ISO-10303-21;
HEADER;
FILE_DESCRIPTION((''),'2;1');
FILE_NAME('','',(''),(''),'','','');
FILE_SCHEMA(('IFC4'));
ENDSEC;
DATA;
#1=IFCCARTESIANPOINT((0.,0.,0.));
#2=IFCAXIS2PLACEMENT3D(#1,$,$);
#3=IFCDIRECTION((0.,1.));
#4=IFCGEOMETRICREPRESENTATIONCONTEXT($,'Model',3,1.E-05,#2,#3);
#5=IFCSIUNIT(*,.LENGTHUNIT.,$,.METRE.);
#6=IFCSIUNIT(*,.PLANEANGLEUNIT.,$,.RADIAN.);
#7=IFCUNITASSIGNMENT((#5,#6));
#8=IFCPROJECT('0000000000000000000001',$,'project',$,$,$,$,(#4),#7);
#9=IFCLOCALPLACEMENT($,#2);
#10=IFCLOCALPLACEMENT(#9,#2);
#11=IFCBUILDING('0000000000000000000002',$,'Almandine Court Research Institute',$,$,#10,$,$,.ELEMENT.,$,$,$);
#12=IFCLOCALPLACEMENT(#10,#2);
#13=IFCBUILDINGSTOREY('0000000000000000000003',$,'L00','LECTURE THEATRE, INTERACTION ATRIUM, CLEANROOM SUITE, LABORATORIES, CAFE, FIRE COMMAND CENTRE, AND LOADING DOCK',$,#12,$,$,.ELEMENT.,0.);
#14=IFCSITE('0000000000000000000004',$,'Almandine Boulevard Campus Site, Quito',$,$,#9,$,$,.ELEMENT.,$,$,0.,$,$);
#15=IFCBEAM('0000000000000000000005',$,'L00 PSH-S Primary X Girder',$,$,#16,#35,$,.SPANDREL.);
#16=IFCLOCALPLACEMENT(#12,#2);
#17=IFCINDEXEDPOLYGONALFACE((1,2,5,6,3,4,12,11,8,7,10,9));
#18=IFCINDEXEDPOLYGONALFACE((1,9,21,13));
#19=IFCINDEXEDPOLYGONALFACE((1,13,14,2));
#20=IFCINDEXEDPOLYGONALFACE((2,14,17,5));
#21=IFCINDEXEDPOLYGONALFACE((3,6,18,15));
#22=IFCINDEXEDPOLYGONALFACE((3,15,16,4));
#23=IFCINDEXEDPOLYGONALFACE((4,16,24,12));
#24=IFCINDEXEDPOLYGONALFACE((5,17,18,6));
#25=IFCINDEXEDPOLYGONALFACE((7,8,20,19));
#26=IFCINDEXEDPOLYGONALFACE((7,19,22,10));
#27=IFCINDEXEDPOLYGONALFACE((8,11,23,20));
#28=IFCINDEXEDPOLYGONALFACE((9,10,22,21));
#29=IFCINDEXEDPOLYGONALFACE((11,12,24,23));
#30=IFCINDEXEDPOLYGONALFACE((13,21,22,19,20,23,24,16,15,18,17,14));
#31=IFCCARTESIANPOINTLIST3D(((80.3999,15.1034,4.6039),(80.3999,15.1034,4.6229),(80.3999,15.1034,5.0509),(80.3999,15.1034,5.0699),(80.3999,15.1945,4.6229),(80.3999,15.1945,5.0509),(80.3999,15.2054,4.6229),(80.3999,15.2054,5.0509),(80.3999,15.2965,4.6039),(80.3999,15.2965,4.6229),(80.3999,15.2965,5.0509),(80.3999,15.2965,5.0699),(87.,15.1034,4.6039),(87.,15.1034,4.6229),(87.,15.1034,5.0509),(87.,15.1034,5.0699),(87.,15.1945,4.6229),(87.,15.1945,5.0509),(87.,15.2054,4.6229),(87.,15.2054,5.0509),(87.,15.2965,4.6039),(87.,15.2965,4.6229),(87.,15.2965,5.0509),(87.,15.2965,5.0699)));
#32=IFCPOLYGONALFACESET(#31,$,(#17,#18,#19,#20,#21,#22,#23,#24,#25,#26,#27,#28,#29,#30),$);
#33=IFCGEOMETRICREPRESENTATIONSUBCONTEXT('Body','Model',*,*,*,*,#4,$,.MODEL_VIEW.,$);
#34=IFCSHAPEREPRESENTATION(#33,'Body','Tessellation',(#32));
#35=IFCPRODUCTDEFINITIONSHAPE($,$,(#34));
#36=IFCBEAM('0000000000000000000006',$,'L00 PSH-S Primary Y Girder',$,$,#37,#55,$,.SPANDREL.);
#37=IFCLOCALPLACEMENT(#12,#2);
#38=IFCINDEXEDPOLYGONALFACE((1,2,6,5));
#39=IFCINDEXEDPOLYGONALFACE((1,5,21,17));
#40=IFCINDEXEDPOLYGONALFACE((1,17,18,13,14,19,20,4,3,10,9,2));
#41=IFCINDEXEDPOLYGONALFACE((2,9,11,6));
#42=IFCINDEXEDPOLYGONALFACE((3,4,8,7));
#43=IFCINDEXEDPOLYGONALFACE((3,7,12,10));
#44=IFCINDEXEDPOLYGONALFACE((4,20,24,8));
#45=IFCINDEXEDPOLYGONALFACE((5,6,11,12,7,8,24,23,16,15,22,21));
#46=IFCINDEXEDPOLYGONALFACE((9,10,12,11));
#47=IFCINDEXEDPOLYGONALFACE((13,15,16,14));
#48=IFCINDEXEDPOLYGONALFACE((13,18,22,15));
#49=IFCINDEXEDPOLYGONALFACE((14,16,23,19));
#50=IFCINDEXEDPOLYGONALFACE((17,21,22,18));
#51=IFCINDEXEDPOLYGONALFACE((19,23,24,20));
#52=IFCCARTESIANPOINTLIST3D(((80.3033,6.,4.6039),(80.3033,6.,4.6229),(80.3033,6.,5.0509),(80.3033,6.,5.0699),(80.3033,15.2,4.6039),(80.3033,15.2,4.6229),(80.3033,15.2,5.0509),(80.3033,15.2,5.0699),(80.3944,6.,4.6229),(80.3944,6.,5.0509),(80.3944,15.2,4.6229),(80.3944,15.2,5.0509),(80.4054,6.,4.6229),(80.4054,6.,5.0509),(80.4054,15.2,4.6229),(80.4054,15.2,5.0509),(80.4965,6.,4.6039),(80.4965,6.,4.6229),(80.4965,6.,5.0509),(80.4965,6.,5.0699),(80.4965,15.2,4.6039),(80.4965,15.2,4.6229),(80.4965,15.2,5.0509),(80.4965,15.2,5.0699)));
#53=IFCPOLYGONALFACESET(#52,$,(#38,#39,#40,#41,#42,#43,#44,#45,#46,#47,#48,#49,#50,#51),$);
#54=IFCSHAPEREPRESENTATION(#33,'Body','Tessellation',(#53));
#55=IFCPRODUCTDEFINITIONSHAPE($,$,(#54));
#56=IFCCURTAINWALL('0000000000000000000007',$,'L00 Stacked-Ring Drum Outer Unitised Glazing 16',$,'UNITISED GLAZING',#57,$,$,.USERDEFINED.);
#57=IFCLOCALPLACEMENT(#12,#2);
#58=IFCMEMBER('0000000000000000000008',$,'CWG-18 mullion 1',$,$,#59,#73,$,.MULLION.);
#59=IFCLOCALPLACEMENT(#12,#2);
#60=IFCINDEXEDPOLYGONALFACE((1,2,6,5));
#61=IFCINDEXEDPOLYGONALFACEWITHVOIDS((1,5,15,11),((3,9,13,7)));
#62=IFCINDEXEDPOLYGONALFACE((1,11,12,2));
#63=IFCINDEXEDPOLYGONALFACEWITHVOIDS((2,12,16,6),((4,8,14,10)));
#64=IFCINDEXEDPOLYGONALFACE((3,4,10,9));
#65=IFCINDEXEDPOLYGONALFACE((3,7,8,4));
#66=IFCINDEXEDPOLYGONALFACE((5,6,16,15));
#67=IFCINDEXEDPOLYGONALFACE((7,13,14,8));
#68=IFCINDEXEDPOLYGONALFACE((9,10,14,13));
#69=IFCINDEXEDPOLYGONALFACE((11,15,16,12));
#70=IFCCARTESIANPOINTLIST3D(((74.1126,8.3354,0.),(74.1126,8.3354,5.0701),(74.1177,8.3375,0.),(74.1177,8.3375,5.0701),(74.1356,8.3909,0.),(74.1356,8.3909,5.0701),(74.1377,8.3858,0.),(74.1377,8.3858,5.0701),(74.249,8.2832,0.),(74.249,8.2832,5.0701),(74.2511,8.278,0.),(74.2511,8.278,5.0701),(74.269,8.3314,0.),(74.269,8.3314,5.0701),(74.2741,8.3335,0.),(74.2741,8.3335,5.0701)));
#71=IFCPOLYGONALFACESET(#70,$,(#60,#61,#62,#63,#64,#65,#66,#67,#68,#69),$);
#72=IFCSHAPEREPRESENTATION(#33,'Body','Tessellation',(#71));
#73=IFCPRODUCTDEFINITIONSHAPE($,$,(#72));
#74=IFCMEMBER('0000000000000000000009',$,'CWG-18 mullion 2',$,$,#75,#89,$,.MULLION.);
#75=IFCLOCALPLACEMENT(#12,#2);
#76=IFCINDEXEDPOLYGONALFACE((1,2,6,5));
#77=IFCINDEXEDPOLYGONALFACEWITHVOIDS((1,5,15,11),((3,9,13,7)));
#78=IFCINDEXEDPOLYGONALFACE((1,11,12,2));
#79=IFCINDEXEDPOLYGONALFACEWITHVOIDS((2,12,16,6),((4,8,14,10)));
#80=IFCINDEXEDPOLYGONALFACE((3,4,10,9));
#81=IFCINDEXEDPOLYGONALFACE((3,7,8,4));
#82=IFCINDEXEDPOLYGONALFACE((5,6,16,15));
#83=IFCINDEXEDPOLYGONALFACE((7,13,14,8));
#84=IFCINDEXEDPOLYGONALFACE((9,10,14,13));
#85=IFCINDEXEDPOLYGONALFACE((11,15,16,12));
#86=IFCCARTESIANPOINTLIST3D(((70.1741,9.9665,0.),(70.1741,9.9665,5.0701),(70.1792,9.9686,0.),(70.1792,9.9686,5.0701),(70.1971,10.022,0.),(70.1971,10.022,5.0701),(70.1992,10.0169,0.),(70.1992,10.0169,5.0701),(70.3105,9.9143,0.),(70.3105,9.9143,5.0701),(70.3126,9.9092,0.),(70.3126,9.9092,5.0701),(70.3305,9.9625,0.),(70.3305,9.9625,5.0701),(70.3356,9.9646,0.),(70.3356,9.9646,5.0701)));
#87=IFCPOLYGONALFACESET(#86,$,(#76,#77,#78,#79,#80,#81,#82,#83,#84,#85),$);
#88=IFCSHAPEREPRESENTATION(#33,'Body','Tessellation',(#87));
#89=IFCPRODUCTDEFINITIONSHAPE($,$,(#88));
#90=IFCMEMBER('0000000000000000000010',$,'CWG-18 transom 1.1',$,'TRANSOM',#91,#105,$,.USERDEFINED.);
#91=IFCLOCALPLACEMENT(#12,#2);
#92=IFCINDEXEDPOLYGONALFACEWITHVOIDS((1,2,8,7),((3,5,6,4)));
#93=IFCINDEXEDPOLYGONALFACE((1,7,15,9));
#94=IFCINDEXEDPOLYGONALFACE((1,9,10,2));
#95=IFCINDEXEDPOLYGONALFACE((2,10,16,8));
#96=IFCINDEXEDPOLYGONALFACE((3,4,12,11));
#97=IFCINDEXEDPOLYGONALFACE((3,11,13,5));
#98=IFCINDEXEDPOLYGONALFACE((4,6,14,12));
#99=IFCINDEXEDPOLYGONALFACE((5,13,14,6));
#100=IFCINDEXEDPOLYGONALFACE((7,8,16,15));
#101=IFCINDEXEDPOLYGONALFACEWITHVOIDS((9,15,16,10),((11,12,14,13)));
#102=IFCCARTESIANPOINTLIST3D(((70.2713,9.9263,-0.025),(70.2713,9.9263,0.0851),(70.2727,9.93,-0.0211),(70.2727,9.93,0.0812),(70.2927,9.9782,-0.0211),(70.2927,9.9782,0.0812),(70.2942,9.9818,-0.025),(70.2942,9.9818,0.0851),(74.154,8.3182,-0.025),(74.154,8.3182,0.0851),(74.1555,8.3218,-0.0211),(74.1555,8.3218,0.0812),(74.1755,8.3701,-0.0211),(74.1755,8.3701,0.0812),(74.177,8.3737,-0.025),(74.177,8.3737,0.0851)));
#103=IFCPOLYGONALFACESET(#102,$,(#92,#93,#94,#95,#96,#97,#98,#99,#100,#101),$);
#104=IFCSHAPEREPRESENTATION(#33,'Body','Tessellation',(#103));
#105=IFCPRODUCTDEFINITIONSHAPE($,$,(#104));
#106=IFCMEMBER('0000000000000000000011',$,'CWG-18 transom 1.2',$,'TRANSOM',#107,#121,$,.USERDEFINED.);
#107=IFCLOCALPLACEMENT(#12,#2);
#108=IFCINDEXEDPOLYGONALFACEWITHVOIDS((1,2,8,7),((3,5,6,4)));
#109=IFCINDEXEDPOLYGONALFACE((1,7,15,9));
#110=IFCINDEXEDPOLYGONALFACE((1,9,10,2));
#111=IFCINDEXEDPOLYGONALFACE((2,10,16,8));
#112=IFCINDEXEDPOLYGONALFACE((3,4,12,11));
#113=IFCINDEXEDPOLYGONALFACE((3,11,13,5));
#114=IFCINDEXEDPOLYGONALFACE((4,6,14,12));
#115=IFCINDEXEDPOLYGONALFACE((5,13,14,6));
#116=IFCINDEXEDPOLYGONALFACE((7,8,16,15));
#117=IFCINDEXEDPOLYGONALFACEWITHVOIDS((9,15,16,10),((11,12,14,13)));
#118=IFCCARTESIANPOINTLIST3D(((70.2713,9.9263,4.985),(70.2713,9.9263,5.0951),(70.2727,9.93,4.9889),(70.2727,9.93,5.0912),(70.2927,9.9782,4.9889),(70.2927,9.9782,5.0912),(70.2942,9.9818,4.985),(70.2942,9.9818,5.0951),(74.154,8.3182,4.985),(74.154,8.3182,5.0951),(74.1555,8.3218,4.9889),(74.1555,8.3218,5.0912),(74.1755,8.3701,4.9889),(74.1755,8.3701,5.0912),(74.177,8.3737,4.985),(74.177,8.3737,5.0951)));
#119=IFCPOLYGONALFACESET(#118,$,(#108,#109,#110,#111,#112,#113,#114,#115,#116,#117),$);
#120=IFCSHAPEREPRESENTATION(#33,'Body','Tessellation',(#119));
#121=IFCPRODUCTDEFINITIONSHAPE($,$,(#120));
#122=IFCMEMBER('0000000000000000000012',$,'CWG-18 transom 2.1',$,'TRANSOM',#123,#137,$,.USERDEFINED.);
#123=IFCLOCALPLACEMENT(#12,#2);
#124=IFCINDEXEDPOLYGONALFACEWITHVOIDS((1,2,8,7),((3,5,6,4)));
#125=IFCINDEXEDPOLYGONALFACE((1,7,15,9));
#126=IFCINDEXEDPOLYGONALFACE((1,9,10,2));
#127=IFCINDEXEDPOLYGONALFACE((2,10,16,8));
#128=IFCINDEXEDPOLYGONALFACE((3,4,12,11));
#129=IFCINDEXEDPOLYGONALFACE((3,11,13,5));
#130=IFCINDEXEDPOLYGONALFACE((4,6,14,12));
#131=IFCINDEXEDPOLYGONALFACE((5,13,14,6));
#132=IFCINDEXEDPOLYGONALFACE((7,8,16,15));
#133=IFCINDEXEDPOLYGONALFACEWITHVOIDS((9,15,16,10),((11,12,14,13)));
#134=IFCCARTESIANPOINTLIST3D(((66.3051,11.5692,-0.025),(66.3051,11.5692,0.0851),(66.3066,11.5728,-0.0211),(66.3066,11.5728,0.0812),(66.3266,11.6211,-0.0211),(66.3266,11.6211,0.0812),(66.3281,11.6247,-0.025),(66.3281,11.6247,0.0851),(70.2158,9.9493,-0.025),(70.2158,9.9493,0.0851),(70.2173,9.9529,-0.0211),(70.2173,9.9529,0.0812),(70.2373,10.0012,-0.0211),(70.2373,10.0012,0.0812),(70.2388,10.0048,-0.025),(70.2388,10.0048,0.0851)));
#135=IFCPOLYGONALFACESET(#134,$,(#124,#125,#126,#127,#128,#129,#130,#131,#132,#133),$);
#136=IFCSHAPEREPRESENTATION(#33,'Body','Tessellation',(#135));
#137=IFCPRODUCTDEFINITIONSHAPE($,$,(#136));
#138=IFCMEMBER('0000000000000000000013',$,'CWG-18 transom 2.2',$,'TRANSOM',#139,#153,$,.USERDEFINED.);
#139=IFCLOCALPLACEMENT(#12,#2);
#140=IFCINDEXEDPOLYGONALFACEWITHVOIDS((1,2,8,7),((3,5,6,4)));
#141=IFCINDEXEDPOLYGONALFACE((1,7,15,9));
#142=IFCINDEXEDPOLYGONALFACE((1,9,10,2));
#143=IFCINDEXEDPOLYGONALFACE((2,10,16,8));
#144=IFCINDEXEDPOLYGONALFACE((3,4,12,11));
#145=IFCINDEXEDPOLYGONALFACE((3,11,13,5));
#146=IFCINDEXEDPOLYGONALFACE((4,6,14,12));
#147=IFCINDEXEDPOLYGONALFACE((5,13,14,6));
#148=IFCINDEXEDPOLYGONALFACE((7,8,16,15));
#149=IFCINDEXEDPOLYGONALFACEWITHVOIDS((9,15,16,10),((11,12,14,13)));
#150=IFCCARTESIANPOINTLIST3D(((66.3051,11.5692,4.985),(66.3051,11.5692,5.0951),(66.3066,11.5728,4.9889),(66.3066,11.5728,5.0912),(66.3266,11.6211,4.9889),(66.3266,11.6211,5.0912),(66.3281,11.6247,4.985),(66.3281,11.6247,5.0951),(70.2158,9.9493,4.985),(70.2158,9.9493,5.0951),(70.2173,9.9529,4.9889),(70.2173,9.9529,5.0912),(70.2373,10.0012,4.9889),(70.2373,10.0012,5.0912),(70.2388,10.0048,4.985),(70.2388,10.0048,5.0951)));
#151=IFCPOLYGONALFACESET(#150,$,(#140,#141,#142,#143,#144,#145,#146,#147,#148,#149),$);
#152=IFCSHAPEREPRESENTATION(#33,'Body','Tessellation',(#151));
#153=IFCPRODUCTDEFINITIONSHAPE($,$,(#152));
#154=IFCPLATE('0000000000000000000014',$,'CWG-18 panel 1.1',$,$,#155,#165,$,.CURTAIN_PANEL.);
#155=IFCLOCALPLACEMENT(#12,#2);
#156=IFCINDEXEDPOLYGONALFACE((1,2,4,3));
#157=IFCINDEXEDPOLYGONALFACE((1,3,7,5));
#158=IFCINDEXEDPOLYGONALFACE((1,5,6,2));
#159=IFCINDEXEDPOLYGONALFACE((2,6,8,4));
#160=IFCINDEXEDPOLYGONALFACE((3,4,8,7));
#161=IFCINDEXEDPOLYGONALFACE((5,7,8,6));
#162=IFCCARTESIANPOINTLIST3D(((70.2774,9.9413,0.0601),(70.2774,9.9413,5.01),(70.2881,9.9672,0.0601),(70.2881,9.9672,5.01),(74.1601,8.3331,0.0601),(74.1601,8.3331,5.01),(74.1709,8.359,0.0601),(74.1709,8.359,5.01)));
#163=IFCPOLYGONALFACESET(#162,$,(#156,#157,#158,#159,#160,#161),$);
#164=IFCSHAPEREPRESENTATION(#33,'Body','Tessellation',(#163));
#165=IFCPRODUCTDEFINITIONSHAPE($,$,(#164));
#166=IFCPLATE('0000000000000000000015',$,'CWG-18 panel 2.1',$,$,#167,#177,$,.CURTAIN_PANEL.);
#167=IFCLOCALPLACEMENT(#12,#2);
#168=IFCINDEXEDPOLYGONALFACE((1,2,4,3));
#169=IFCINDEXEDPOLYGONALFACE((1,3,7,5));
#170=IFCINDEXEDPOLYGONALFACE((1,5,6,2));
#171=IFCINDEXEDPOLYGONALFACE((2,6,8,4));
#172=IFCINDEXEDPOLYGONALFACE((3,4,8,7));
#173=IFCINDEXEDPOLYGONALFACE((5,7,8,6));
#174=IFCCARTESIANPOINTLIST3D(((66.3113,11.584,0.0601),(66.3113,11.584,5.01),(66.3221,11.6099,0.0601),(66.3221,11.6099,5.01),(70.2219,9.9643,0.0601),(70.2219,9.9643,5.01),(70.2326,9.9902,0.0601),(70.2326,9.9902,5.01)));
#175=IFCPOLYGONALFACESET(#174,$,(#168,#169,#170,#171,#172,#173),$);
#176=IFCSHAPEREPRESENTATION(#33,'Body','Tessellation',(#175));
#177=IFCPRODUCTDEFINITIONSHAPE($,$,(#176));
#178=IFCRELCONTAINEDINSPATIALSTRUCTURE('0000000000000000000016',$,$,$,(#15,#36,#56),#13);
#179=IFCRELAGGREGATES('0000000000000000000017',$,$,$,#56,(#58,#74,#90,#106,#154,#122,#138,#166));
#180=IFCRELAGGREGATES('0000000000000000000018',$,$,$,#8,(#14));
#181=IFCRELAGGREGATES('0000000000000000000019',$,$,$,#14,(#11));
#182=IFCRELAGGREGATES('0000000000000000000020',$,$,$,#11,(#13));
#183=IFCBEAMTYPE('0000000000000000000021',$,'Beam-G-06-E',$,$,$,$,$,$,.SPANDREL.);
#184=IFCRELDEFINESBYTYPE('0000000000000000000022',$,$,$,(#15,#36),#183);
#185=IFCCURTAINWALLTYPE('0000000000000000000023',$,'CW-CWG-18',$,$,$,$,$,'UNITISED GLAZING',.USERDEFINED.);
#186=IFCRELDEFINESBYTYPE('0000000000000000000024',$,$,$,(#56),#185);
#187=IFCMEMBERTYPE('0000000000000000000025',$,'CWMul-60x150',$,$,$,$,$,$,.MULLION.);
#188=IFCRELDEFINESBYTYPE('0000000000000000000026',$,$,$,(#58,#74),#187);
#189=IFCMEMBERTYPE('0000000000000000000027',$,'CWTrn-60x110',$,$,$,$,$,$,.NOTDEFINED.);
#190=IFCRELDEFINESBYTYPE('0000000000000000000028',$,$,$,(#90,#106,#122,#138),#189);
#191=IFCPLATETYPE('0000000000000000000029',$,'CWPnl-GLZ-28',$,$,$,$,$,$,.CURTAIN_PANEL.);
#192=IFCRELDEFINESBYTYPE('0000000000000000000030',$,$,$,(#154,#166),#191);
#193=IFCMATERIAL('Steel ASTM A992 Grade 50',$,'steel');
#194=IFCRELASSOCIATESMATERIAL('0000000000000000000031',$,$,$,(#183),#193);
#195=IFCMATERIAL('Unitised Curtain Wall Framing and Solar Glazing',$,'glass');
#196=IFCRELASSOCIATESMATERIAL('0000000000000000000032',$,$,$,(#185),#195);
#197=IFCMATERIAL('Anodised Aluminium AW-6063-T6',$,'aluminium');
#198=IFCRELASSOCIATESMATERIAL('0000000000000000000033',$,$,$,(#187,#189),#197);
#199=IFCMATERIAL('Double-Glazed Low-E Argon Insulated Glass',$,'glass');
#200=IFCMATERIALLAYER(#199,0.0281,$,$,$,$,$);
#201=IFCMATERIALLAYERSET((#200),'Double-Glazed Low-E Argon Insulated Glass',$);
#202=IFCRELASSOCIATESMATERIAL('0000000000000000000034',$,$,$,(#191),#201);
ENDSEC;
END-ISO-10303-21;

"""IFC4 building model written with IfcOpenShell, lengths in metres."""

from ifc_helpers import new_model, si_unit, direction, frame, origin, origin_2d, place, context, subcontext, project, spatial, rectangle, hollow_rectangle, i_section, extrude, material, layer, layer_set, material_profile, profile_set, type_object, element, aggregate, save


model = new_model("IFC4")

# Units and contexts
model_context = context("Model", 3, precision=1e-05, world=origin(), true_north=direction((0.0, 1.0)))
body_context = subcontext(model_context, "Body", "Model", "MODEL_VIEW")
ifc_project = project(units=[si_unit("LENGTHUNIT", "METRE"), si_unit("PLANEANGLEUNIT", "RADIAN")], contexts=[model_context])

# Site, building, storey
site_placement = place(None, origin())
site = spatial("IfcSite", under=ifc_project, at=site_placement, Name="Almandine Boulevard Campus Site, Quito", CompositionType="ELEMENT", RefElevation=0.0)
building_placement = place(site_placement, origin())
building = spatial("IfcBuilding", under=site, at=building_placement, Name="Almandine Court Research Institute", CompositionType="ELEMENT")
storey_placement = place(building_placement, origin())
storey = spatial("IfcBuildingStorey", under=building, at=storey_placement, Name="L00", Description="LECTURE THEATRE, INTERACTION ATRIUM, CLEANROOM SUITE, LABORATORIES, CAFE, FIRE COMMAND CENTRE, AND LOADING DOCK", CompositionType="ELEMENT", Elevation=0.0)

# Shared definitions
ifc_material_1 = material(Name="Steel ASTM A992 Grade 50", Category="steel")

# Beams
ifc_material_profile_1 = material_profile(ifc_material_1, i_section(OverallWidth=0.1931, OverallDepth=0.4661, WebThickness=0.011, FlangeThickness=0.019, at=origin_2d()), Name="W460x97")
ifc_profile_set_1 = profile_set([ifc_material_profile_1], Name="Steel ASTM A992 Grade 50")
beam_type_1 = type_object("IfcBeamType", Name="Beam-G-06-E", PredefinedType="SPANDREL", material=ifc_profile_set_1)
for number, where, z_axis, x_axis, name in (
    (1, (80.3999, 15.2, 4.8369), (1.0, 0.0, 0.0), (0.0, 1.0, 0.0), "L00 PSH-S Primary X Girder"),
):
    element("IfcBeam", number, at=place(storey_placement, frame(where, z_axis=z_axis, x_axis=x_axis)), inside=storey, type_object=beam_type_1, Name=name, PredefinedType="SPANDREL", context=body_context, shape_type="SweptSolid", body=[
        extrude(i_section(OverallWidth=0.1931, OverallDepth=0.4661, WebThickness=0.011, FlangeThickness=0.019, at=origin_2d()), origin(), (0.0, 0.0, 1.0), 6.6001),
    ])
beam_1_placement = place(storey_placement, frame((80.3999, 6.0, 4.8369), z_axis=(0.0, 1.0, 0.0), x_axis=(-1.0, 0.0, 0.0)))
element("IfcBeam", 2, at=beam_1_placement, inside=storey, type_object=beam_type_1, Name="L00 PSH-S Primary Y Girder", PredefinedType="SPANDREL", context=body_context, shape_type="SweptSolid", body=[
    extrude(i_section(OverallWidth=0.1931, OverallDepth=0.4661, WebThickness=0.011, FlangeThickness=0.019, at=origin_2d()), origin(), (0.0, 0.0, 1.0), 9.2),
])

# Curtain wall, members, plates
ifc_material_2 = material(Name="Unitised Curtain Wall Framing and Solar Glazing", Category="glass")
curtain_wall_type = type_object("IfcCurtainWallType", Name="CW-CWG-18", ElementType="UNITISED GLAZING", PredefinedType="USERDEFINED", material=ifc_material_2)
curtain_wall_placement = place(storey_placement, origin())
curtain_wall = element("IfcCurtainWall", 3, at=curtain_wall_placement, inside=storey, type_object=curtain_wall_type, Name="L00 Stacked-Ring Drum Outer Unitised Glazing 16", ObjectType="UNITISED GLAZING", PredefinedType="USERDEFINED")
ifc_material_3 = material(Name="Anodised Aluminium AW-6063-T6", Category="aluminium")
ifc_material_profile_2 = material_profile(ifc_material_3, hollow_rectangle(XDim=0.0601, YDim=0.1499, WallThickness=0.0039, at=origin_2d()), Name="ALU RHS 60x150x4")
ifc_profile_set_2 = profile_set([ifc_material_profile_2], Name="Anodised Aluminium AW-6063-T6")
member_type_1 = type_object("IfcMemberType", Name="CWMul-60x150", PredefinedType="MULLION", material=ifc_profile_set_2)
member_1_placement = place(storey_placement, frame((74.1934, 8.3345, 0.0), z_axis=(0.0, 0.0, 1.0), x_axis=(-0.382663, -0.923888, 0.0)))
member_1 = element("IfcMember", 4, at=member_1_placement, type_object=member_type_1, Name="CWG-18 mullion 1", PredefinedType="MULLION", context=body_context, shape_type="SweptSolid", body=[
    extrude(hollow_rectangle(XDim=0.0601, YDim=0.1499, WallThickness=0.0039, at=origin_2d()), origin(), (0.0, 0.0, 1.0), 5.0701),
])
member_2_placement = place(storey_placement, frame((70.2549, 9.9656, 0.0), z_axis=(0.0, 0.0, 1.0), x_axis=(-0.382663, -0.923888, 0.0)))
member_2 = element("IfcMember", 5, at=member_2_placement, type_object=member_type_1, Name="CWG-18 mullion 2", PredefinedType="MULLION", context=body_context, shape_type="SweptSolid", body=[
    extrude(hollow_rectangle(XDim=0.0601, YDim=0.1499, WallThickness=0.0039, at=origin_2d()), origin(), (0.0, 0.0, 1.0), 5.0701),
])
ifc_material_profile_3 = material_profile(ifc_material_3, hollow_rectangle(XDim=0.0601, YDim=0.1101, WallThickness=0.0039, at=origin_2d()), Name="ALU RHS 60x110x4")
ifc_profile_set_3 = profile_set([ifc_material_profile_3], Name="Anodised Aluminium AW-6063-T6")
member_type_2 = type_object("IfcMemberType", Name="CWTrn-60x110", PredefinedType="NOTDEFINED", material=ifc_profile_set_3)
member_3_placement = place(storey_placement, frame((74.1655, 8.3459, 0.03), z_axis=(-0.923893, 0.382651, 0.0), x_axis=(-0.382651, -0.923893, 0.0)))
member_3 = element("IfcMember", 6, at=member_3_placement, type_object=member_type_2, Name="CWG-18 transom 1.1", ObjectType="TRANSOM", PredefinedType="USERDEFINED", context=body_context, shape_type="SweptSolid", body=[
    extrude(hollow_rectangle(XDim=0.0601, YDim=0.1101, WallThickness=0.0039, at=origin_2d()), origin(), (0.0, 0.0, 1.0), 4.2026),
])
member_4_placement = place(storey_placement, frame((74.1655, 8.3459, 5.04), z_axis=(-0.923893, 0.382651, 0.0), x_axis=(-0.382651, -0.923893, 0.0)))
member_4 = element("IfcMember", 7, at=member_4_placement, type_object=member_type_2, Name="CWG-18 transom 1.2", ObjectType="TRANSOM", PredefinedType="USERDEFINED", context=body_context, shape_type="SweptSolid", body=[
    extrude(hollow_rectangle(XDim=0.0601, YDim=0.1101, WallThickness=0.0039, at=origin_2d()), origin(), (0.0, 0.0, 1.0), 4.2026),
])
member_5_placement = place(storey_placement, frame((70.2273, 9.9771, 0.03), z_axis=(-0.923877, 0.38269, 0.0), x_axis=(-0.38269, -0.923877, 0.0)))
member_5 = element("IfcMember", 8, at=member_5_placement, type_object=member_type_2, Name="CWG-18 transom 2.1", ObjectType="TRANSOM", PredefinedType="USERDEFINED", context=body_context, shape_type="SweptSolid", body=[
    extrude(hollow_rectangle(XDim=0.0601, YDim=0.1101, WallThickness=0.0039, at=origin_2d()), origin(), (0.0, 0.0, 1.0), 4.2329),
])
member_6_placement = place(storey_placement, frame((70.2273, 9.9771, 5.04), z_axis=(-0.923877, 0.38269, 0.0), x_axis=(-0.38269, -0.923877, 0.0)))
member_6 = element("IfcMember", 9, at=member_6_placement, type_object=member_type_2, Name="CWG-18 transom 2.2", ObjectType="TRANSOM", PredefinedType="USERDEFINED", context=body_context, shape_type="SweptSolid", body=[
    extrude(hollow_rectangle(XDim=0.0601, YDim=0.1101, WallThickness=0.0039, at=origin_2d()), origin(), (0.0, 0.0, 1.0), 4.2329),
])
ifc_material_4 = material(Name="Double-Glazed Low-E Argon Insulated Glass", Category="glass")
ifc_layer_1 = layer(ifc_material_4, 0.0281)
ifc_layer_set_1 = layer_set([ifc_layer_1], Name="Double-Glazed Low-E Argon Insulated Glass")
plate_type = type_object("IfcPlateType", Name="CWPnl-GLZ-28", PredefinedType="CURTAIN_PANEL", material=ifc_layer_set_1)
plate_1_placement = place(storey_placement, frame((72.2241, 9.1501, 0.0601), z_axis=(0.0, 0.0, 1.0), x_axis=(-0.923888, 0.382663, 0.0)))
plate_1 = element("IfcPlate", 10, at=plate_1_placement, type_object=plate_type, Name="CWG-18 panel 1.1", PredefinedType="CURTAIN_PANEL", context=body_context, shape_type="SweptSolid", body=[
    extrude(rectangle(XDim=4.2026, YDim=0.0281, at=origin_2d()), origin(), (0.0, 0.0, 1.0), 4.95),
])
plate_2_placement = place(storey_placement, frame((68.272, 10.7871, 0.0601), z_axis=(0.0, 0.0, 1.0), x_axis=(-0.923888, 0.382663, 0.0)))
plate_2 = element("IfcPlate", 11, at=plate_2_placement, type_object=plate_type, Name="CWG-18 panel 2.1", PredefinedType="CURTAIN_PANEL", context=body_context, shape_type="SweptSolid", body=[
    extrude(rectangle(XDim=4.2327, YDim=0.0281, at=origin_2d()), origin(), (0.0, 0.0, 1.0), 4.95),
])
aggregate(curtain_wall, [member_1, member_2, member_3, member_4, plate_1, member_5, member_6, plate_2])

save(model, "model.ifc")
